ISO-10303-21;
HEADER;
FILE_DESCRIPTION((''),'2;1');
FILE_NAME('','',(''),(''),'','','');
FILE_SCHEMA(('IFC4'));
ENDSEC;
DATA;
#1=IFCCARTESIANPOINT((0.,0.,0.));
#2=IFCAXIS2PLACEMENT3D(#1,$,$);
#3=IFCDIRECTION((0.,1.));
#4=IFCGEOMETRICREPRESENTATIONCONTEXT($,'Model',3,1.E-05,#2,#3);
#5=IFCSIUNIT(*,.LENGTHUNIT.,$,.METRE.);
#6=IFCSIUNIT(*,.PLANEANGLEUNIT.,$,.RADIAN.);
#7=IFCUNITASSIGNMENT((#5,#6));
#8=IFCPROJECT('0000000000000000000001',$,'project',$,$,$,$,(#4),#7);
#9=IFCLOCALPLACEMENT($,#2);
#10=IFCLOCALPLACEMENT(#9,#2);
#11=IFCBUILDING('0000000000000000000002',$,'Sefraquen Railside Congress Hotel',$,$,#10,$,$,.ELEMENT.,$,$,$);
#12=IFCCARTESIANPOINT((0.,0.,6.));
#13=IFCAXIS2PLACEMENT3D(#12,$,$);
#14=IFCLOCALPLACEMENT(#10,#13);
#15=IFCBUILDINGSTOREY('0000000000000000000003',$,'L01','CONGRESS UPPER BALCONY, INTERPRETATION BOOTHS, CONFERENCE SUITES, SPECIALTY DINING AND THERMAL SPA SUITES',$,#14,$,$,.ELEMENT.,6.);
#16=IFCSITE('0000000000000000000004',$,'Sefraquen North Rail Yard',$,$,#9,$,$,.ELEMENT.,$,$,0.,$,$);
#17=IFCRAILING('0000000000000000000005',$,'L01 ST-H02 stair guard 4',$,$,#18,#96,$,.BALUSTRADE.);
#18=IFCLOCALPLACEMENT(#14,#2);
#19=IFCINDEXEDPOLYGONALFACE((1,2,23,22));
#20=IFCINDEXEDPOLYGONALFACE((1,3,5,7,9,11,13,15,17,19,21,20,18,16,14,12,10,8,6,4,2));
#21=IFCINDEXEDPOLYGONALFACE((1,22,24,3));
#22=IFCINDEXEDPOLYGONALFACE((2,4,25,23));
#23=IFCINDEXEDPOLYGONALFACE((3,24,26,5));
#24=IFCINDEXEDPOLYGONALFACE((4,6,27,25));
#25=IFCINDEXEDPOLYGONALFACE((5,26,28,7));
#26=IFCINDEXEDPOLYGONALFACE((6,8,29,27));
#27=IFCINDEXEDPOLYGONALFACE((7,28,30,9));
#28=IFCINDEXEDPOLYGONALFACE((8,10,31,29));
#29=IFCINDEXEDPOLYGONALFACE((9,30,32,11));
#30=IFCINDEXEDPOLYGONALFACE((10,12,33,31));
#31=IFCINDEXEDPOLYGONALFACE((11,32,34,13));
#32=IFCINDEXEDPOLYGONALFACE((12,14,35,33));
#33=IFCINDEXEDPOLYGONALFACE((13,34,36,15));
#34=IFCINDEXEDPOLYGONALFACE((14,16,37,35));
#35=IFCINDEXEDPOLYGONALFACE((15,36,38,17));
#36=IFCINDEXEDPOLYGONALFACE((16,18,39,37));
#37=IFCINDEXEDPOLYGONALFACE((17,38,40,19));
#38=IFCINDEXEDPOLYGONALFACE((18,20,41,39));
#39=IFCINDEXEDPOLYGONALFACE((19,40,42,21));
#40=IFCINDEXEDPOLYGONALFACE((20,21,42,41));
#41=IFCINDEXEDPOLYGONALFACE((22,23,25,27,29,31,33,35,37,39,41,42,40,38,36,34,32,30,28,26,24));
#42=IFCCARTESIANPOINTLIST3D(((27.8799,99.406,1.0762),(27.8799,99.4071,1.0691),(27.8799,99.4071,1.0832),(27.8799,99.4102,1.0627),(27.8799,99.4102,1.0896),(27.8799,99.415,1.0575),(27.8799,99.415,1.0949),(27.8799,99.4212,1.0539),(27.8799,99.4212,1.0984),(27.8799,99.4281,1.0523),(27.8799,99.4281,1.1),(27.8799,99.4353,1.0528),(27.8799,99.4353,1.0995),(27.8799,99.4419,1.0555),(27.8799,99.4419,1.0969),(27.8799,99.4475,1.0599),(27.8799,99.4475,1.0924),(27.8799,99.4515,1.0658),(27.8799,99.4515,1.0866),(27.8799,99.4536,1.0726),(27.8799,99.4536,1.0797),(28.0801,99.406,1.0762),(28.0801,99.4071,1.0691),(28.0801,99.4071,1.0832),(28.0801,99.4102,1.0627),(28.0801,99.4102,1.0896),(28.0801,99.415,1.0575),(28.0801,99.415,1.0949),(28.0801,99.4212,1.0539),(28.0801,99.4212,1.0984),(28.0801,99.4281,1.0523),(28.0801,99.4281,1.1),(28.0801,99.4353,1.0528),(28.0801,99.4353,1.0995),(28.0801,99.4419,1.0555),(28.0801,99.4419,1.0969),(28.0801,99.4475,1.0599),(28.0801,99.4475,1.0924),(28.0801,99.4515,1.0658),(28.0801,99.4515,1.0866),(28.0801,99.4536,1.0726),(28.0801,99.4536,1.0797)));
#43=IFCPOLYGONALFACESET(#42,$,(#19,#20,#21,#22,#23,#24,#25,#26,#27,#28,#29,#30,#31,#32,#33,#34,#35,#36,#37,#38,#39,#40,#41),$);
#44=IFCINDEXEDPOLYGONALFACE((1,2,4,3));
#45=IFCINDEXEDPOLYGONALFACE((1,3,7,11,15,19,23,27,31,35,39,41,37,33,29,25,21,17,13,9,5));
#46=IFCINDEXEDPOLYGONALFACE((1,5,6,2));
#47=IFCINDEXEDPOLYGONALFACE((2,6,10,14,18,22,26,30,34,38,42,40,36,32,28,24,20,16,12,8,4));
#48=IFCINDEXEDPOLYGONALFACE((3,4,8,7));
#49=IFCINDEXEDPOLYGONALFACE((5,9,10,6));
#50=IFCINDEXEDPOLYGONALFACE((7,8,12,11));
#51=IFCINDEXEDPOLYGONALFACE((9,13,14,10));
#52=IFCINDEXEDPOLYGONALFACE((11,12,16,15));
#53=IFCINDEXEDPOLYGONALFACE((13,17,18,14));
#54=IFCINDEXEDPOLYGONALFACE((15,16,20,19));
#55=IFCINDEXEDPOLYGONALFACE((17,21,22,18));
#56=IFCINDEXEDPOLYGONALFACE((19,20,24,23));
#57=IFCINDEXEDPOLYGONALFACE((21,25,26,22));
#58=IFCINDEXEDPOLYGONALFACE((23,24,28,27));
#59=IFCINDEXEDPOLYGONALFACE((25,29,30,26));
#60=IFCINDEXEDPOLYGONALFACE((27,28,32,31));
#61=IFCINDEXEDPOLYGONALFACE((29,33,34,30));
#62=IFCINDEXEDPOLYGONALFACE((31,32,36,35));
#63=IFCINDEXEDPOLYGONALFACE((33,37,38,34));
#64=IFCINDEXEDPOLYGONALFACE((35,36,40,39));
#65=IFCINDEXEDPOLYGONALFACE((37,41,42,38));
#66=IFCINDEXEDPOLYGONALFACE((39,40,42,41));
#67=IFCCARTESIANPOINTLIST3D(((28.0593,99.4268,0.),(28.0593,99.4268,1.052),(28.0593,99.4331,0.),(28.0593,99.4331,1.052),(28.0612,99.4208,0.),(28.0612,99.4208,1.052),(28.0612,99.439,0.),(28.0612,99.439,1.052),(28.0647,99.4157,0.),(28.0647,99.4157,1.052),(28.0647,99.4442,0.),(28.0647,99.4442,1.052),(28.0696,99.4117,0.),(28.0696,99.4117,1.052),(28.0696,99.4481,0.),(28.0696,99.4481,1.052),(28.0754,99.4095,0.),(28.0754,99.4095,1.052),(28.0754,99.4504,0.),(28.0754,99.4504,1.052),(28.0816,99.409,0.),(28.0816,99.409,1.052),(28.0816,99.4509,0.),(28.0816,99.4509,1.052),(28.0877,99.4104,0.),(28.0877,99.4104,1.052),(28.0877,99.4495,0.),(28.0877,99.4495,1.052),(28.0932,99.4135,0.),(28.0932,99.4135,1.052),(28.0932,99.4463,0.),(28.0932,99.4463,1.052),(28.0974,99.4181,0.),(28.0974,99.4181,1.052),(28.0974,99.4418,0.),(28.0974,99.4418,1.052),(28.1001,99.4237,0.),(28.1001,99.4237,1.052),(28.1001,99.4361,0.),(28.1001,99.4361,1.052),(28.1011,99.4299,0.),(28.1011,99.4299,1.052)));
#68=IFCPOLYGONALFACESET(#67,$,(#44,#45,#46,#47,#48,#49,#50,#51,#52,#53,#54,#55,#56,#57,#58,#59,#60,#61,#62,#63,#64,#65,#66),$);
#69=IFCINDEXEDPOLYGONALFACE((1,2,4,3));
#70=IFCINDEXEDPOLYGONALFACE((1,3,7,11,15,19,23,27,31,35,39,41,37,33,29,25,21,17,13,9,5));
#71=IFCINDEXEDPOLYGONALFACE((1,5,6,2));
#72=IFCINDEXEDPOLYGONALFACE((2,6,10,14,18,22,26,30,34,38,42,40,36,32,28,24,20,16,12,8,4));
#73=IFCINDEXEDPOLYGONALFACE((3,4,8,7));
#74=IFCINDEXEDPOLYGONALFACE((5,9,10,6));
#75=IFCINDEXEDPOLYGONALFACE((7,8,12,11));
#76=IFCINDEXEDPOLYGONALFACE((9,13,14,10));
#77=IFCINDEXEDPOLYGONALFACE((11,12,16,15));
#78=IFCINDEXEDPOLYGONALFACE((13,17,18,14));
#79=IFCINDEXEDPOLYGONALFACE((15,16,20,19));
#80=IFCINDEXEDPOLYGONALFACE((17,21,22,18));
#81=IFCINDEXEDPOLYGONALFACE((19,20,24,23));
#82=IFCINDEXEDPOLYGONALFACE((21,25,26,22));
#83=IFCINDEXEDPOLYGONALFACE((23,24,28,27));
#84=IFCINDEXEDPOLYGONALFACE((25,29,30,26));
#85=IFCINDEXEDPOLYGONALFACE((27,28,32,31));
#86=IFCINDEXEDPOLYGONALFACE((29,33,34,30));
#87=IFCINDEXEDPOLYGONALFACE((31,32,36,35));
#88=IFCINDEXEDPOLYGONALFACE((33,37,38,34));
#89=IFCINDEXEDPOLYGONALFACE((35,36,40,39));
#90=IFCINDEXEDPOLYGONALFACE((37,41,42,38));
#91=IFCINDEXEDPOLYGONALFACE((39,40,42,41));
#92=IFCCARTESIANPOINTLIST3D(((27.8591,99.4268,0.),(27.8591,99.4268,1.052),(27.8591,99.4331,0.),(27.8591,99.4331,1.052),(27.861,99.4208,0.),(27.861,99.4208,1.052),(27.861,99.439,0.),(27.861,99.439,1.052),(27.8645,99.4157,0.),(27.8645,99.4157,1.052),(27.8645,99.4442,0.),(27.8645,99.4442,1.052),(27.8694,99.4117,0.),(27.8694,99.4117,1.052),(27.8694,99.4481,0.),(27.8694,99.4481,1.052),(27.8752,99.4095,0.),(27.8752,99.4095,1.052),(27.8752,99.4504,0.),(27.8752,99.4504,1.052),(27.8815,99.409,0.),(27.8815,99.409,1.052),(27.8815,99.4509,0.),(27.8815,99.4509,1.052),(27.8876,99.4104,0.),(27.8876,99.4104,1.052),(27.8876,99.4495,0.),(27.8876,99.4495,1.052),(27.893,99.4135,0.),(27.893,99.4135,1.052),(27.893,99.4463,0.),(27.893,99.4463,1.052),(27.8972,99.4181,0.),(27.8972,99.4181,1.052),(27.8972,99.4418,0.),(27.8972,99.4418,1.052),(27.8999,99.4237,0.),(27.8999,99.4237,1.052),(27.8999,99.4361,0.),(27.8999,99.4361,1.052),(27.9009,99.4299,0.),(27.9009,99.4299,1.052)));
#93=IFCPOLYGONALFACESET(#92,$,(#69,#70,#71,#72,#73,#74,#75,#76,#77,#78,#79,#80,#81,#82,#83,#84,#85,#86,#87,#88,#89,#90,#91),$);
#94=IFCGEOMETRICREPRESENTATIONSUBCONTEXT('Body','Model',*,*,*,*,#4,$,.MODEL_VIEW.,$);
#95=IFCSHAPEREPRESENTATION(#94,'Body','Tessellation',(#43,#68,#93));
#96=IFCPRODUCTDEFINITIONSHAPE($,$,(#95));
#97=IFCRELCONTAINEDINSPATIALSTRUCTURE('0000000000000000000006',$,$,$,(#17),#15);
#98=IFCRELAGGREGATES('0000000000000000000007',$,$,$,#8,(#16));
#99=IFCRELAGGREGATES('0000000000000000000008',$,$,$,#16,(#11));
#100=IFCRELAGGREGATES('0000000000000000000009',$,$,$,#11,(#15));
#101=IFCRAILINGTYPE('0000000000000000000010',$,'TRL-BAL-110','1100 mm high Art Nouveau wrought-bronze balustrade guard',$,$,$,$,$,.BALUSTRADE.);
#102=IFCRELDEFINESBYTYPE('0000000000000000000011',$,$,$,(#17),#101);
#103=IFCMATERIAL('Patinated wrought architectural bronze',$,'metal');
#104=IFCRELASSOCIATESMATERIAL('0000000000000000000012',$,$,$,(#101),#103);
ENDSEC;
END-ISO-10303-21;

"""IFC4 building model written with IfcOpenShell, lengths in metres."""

from ifc_helpers import new_model, si_unit, direction, frame, origin, origin_2d, place, context, subcontext, project, spatial, circle, extrude, material, type_object, element, save


model = new_model("IFC4")

# Units and contexts
model_context = context("Model", 3, precision=1e-05, world=origin(), true_north=direction((0.0, 1.0)))
body_context = subcontext(model_context, "Body", "Model", "MODEL_VIEW")
ifc_project = project(units=[si_unit("LENGTHUNIT", "METRE"), si_unit("PLANEANGLEUNIT", "RADIAN")], contexts=[model_context])

# Site, building, storey
site_placement = place(None, origin())
site = spatial("IfcSite", under=ifc_project, at=site_placement, Name="Sefraquen North Rail Yard", CompositionType="ELEMENT", RefElevation=0.0)
building_placement = place(site_placement, origin())
building = spatial("IfcBuilding", under=site, at=building_placement, Name="Sefraquen Railside Congress Hotel", CompositionType="ELEMENT")
storey_placement = place(building_placement, frame((0.0, 0.0, 6.0)))
storey = spatial("IfcBuildingStorey", under=building, at=storey_placement, Name="L01", Description="CONGRESS UPPER BALCONY, INTERPRETATION BOOTHS, CONFERENCE SUITES, SPECIALTY DINING AND THERMAL SPA SUITES", CompositionType="ELEMENT", Elevation=6.0)

# Railing
ifc_material_1 = material(Name="Patinated wrought architectural bronze", Category="metal")
railing_type_1 = type_object("IfcRailingType", Name="TRL-BAL-110", Description="1100 mm high Art Nouveau wrought-bronze balustrade guard", PredefinedType="BALUSTRADE", material=ifc_material_1)
railing_1_placement = place(storey_placement, frame((28.0801, 99.4299, 0.0)))
element("IfcRailing", 1, at=railing_1_placement, inside=storey, type_object=railing_type_1, Name="L01 ST-H02 stair guard 4", PredefinedType="BALUSTRADE", context=body_context, shape_type="SweptSolid", body=[
    extrude(circle(Radius=0.0239, at=origin_2d()), frame((0.0, 0.0, 1.0762), z_axis=(-1.0, 0.0, 0.0), x_axis=(0.0, -1.0, 0.0)), (0.0, 0.0, 1.0), 0.2002),
    extrude(circle(Radius=0.021, at=origin_2d()), origin(), (0.0, 0.0, 1.0), 1.052),
    extrude(circle(Radius=0.021, at=origin_2d()), frame((-0.2002, 0.0, 0.0)), (0.0, 0.0, 1.0), 1.052),
])

save(model, "model.ifc")
